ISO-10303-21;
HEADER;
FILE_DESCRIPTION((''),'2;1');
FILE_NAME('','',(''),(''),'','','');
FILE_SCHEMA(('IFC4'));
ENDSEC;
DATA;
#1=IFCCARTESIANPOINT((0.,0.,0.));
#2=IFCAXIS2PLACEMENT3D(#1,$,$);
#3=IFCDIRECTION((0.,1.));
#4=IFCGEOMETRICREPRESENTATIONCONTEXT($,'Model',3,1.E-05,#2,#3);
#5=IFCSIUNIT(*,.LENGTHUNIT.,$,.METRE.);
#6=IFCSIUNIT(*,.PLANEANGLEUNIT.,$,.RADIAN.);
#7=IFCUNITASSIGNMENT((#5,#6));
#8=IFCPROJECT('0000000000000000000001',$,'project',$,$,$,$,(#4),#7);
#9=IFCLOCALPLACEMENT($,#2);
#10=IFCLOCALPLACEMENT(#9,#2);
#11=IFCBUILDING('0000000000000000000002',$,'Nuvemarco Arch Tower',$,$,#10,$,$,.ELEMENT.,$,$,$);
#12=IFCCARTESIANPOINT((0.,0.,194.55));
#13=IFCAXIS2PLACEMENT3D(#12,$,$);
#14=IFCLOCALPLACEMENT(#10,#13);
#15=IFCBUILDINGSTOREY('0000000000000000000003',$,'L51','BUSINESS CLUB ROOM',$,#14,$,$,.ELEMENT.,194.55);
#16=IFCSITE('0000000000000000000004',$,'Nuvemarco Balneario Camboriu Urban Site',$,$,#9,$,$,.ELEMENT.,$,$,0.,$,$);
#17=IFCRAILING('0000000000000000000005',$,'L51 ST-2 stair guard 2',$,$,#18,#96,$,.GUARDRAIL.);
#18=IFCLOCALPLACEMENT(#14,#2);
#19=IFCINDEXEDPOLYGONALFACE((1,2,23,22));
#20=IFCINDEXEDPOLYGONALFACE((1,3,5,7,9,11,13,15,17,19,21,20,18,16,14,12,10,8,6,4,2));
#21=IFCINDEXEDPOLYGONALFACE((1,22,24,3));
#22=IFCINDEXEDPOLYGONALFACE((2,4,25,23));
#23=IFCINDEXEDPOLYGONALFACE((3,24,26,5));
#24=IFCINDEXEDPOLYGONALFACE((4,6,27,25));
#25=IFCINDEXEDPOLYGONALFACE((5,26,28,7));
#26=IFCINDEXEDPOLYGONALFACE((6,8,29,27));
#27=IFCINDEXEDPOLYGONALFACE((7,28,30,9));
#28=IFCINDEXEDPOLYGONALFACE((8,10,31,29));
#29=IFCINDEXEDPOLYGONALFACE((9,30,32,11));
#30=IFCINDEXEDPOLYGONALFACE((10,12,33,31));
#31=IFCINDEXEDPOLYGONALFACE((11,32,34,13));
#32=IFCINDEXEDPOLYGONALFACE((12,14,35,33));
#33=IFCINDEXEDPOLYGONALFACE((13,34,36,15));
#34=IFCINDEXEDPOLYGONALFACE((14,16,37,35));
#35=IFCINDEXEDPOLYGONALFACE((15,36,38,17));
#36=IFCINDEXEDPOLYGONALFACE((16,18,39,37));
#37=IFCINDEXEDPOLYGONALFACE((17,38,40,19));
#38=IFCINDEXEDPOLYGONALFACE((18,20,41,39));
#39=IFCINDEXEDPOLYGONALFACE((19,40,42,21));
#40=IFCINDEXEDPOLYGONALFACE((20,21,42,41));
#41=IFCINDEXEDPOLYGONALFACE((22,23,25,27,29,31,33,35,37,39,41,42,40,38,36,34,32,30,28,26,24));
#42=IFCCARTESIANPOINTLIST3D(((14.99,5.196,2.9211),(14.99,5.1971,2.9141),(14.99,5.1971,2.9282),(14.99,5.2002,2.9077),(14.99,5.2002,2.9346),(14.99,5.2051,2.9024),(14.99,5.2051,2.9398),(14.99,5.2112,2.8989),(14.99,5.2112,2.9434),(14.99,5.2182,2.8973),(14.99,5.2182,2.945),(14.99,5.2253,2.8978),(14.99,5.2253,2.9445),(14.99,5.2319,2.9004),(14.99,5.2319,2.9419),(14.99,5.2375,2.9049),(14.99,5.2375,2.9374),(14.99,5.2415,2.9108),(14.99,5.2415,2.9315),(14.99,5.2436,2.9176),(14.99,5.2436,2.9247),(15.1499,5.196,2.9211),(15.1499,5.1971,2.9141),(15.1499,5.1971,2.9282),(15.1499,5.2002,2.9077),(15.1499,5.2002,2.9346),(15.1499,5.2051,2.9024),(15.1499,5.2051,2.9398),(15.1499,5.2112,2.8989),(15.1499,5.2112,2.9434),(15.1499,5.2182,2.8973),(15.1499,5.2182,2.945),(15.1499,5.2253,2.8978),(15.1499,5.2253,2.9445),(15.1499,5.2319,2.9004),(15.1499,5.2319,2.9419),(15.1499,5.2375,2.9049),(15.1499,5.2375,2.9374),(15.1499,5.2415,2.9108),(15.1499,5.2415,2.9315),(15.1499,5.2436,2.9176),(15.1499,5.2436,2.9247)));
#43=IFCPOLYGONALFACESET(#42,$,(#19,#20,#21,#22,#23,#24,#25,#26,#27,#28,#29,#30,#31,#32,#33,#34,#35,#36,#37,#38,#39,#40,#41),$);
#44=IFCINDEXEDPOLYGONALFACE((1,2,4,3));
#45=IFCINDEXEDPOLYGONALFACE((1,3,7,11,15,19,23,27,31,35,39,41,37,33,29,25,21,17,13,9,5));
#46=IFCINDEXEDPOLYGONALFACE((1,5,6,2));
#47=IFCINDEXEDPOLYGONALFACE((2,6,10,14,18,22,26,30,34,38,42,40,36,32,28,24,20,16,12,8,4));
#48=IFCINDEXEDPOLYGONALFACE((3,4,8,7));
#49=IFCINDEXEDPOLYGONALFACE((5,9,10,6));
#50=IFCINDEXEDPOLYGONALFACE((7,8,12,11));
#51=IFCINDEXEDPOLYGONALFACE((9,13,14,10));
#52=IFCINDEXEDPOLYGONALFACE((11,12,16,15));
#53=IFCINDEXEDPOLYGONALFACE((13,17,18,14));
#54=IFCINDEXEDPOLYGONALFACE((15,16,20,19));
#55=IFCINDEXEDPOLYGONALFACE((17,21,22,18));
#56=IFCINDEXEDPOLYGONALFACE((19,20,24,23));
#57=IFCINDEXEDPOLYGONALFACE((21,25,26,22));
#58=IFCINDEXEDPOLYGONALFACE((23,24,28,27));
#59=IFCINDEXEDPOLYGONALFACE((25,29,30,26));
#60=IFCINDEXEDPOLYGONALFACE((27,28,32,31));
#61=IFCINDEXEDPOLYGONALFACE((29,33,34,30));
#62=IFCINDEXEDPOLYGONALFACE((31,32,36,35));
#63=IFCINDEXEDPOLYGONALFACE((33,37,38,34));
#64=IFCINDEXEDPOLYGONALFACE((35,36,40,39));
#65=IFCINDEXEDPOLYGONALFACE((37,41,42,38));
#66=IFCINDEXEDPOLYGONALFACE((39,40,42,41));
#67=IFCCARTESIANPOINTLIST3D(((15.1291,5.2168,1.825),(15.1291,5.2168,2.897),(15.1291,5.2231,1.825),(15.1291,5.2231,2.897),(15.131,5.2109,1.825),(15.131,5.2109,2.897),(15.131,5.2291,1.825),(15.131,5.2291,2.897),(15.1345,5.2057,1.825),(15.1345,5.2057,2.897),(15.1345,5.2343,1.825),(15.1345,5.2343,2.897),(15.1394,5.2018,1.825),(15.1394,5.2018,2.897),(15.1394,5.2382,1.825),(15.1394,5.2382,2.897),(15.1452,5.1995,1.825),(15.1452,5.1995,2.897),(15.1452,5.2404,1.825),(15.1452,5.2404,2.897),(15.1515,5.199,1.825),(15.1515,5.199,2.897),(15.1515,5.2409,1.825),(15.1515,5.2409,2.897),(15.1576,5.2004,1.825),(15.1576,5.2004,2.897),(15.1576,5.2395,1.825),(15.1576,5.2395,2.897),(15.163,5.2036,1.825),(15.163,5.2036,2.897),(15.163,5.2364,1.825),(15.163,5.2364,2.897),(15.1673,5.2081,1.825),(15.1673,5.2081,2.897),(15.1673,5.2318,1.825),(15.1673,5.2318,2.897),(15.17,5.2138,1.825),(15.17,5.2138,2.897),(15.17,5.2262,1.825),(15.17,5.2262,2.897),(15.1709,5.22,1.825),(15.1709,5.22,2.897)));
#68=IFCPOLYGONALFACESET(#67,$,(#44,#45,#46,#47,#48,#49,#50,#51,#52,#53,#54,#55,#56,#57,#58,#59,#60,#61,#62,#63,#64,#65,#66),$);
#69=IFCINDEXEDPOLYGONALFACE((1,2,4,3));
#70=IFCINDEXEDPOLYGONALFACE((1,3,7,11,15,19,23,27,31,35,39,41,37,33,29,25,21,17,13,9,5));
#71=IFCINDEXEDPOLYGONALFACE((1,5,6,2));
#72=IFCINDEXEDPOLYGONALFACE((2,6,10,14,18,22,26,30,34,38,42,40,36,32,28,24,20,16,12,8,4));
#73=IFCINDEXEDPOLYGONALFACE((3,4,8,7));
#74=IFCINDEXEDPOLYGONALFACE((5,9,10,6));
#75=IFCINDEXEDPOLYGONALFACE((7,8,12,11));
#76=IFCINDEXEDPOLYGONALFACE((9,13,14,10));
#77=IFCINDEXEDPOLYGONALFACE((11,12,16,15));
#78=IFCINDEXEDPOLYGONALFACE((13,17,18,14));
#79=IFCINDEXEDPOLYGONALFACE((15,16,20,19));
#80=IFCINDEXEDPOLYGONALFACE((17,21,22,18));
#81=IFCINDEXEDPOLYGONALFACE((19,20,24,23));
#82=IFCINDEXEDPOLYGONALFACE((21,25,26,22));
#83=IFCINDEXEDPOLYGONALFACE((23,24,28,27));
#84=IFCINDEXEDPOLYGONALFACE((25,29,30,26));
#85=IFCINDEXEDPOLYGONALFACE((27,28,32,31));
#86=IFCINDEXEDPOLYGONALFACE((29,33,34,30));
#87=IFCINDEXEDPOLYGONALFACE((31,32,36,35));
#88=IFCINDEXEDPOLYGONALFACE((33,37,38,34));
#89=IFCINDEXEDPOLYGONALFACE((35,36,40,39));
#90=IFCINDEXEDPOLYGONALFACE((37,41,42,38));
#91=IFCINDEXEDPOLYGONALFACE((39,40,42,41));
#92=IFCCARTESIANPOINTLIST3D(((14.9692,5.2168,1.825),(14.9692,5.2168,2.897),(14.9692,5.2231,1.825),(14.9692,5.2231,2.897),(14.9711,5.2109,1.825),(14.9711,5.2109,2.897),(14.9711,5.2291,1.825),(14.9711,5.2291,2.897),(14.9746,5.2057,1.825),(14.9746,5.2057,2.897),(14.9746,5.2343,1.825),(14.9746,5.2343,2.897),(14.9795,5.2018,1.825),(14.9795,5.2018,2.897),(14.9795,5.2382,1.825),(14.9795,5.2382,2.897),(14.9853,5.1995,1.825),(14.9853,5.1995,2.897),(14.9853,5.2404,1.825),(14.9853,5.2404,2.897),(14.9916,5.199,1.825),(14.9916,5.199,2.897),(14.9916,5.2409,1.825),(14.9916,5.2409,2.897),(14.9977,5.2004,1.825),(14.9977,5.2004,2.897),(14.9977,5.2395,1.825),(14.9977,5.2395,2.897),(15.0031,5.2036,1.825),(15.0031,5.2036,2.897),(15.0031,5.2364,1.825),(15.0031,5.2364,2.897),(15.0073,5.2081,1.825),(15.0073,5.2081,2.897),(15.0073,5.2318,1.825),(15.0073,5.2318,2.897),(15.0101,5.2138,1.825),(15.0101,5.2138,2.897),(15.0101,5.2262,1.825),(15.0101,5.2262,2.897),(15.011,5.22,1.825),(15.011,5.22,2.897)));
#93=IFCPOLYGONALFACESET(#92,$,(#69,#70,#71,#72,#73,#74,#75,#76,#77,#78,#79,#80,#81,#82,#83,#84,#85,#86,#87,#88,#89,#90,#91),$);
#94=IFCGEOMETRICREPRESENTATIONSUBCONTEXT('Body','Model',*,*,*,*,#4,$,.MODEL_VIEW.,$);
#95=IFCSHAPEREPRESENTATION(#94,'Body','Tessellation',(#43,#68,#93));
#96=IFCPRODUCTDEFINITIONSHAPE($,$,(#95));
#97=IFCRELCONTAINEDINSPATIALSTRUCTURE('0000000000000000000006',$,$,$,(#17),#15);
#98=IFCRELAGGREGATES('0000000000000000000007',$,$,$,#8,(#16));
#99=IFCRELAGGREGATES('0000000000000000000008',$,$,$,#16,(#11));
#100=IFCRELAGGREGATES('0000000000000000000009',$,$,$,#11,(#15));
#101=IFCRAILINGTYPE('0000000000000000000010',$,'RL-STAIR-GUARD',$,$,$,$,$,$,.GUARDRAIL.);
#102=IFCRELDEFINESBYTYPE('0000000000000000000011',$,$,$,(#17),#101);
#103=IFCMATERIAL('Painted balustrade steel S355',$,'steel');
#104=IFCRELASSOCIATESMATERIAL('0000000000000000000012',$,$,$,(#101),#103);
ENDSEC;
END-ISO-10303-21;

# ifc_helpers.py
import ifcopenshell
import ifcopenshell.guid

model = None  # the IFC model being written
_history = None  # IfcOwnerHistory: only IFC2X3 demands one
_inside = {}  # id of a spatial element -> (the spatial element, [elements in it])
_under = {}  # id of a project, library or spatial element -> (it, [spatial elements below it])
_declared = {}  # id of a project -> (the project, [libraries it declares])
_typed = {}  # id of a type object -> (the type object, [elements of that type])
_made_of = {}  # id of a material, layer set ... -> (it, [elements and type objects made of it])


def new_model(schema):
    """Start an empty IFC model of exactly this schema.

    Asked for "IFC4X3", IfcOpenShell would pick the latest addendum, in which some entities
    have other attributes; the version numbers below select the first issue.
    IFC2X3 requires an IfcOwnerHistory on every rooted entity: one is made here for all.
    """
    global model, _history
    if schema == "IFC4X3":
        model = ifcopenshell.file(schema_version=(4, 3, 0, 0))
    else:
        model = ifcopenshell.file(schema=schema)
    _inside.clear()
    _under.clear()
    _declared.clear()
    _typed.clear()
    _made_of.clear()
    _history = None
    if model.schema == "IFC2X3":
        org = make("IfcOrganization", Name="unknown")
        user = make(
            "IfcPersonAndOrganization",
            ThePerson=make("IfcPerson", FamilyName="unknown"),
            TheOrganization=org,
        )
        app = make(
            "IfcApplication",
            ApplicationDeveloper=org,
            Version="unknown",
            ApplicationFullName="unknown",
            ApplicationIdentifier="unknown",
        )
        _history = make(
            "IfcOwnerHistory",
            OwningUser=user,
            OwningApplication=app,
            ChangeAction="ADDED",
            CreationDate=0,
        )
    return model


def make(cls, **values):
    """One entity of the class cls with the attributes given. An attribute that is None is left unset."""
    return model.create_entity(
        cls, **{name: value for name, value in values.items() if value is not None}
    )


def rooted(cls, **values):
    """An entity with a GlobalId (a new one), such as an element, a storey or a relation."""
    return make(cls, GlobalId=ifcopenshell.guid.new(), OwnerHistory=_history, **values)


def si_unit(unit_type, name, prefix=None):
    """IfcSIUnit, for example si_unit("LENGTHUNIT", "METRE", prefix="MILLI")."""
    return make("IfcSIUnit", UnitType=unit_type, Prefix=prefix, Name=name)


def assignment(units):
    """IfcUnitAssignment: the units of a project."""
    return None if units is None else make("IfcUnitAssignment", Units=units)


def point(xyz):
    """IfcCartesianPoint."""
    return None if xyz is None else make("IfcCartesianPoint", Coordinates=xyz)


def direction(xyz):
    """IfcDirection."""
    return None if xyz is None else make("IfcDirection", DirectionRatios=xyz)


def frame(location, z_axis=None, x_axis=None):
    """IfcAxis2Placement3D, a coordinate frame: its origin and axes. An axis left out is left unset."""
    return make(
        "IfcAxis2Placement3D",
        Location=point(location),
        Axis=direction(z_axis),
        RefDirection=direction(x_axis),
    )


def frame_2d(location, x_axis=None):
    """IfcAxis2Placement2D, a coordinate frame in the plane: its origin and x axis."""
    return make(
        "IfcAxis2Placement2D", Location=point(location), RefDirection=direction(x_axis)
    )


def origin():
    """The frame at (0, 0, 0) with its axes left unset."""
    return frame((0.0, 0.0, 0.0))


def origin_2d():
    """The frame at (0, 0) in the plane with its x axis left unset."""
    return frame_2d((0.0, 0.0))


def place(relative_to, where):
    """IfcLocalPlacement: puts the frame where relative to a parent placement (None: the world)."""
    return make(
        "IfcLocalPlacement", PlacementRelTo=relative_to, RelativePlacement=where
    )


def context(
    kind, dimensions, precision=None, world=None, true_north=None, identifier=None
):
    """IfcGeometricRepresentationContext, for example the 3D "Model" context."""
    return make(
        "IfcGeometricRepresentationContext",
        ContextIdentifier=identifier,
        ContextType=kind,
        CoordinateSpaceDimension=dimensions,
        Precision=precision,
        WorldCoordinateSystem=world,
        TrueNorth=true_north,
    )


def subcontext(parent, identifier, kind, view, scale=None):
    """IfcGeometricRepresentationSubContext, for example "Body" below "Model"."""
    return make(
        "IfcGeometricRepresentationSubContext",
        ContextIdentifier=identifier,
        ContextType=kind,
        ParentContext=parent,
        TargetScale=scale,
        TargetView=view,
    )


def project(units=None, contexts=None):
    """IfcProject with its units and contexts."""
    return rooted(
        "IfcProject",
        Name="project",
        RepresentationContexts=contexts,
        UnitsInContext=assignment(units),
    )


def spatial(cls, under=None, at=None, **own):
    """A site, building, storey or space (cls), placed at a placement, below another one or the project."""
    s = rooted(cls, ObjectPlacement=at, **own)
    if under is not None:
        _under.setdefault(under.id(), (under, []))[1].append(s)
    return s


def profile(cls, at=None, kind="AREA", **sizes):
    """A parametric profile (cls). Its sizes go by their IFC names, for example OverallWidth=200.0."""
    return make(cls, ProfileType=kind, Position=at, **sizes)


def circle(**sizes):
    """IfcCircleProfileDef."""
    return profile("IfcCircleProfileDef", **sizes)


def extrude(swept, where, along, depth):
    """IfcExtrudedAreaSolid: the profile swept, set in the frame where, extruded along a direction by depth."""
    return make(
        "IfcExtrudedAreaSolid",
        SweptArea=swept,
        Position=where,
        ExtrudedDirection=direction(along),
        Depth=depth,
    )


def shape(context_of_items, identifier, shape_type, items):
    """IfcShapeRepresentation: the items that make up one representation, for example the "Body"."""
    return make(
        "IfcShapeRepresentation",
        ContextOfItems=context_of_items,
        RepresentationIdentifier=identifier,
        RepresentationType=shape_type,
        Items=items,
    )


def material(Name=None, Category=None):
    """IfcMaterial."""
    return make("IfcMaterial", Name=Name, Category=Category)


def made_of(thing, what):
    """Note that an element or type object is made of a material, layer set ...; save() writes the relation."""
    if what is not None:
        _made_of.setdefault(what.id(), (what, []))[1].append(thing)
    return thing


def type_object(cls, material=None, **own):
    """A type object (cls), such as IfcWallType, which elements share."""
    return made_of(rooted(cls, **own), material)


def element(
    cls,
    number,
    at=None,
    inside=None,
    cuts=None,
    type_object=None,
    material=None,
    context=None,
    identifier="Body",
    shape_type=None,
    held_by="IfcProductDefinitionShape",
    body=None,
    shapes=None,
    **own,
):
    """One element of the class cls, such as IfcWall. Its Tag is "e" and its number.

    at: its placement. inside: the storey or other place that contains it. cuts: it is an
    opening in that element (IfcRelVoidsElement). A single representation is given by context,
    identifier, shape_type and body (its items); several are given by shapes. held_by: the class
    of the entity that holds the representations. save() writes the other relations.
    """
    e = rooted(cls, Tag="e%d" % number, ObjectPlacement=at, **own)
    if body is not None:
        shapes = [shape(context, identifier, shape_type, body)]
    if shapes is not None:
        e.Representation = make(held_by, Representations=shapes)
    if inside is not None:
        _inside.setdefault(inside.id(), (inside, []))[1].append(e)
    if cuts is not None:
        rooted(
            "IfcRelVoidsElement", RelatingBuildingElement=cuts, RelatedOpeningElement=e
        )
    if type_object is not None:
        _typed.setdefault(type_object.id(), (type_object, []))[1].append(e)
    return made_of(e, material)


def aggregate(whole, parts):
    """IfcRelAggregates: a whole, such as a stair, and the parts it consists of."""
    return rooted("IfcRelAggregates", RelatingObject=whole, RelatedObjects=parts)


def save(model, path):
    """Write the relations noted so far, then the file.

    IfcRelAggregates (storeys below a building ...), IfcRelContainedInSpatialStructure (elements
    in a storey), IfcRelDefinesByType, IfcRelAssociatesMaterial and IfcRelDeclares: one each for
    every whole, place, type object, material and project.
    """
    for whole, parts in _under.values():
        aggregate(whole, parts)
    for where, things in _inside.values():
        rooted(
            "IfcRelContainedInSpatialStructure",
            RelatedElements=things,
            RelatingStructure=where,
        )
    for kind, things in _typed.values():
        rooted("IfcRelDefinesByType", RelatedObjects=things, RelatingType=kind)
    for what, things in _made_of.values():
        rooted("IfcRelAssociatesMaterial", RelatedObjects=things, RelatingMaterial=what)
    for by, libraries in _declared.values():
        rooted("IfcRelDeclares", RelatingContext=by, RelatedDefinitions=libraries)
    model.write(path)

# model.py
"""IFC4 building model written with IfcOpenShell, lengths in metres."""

from ifc_helpers import new_model, si_unit, direction, frame, origin, origin_2d, place, context, subcontext, project, spatial, circle, extrude, material, type_object, element, save


model = new_model("IFC4")

# Units and contexts
model_context = context("Model", 3, precision=1e-05, world=origin(), true_north=direction((0.0, 1.0)))
body_context = subcontext(model_context, "Body", "Model", "MODEL_VIEW")
ifc_project = project(units=[si_unit("LENGTHUNIT", "METRE"), si_unit("PLANEANGLEUNIT", "RADIAN")], contexts=[model_context])

# Site, building, storey
site_placement = place(None, origin())
site = spatial("IfcSite", under=ifc_project, at=site_placement, Name="Nuvemarco Balneario Camboriu Urban Site", CompositionType="ELEMENT", RefElevation=0.0)
building_placement = place(site_placement, origin())
building = spatial("IfcBuilding", under=site, at=building_placement, Name="Nuvemarco Arch Tower", CompositionType="ELEMENT")
storey_placement = place(building_placement, frame((0.0, 0.0, 194.55)))
storey = spatial("IfcBuildingStorey", under=building, at=storey_placement, Name="L51", Description="BUSINESS CLUB ROOM", CompositionType="ELEMENT", Elevation=194.55)

# Railing
ifc_material_1 = material(Name="Painted balustrade steel S355", Category="steel")
railing_type_1 = type_object("IfcRailingType", Name="RL-STAIR-GUARD", PredefinedType="GUARDRAIL", material=ifc_material_1)
railing_1_placement = place(storey_placement, frame((15.1499, 5.22, 1.825)))
element("IfcRailing", 1, at=railing_1_placement, inside=storey, type_object=railing_type_1, Name="L51 ST-2 stair guard 2", PredefinedType="GUARDRAIL", context=body_context, shape_type="SweptSolid", body=[
    extrude(circle(Radius=0.0239, at=origin_2d()), frame((0.0, 0.0, 1.0962), z_axis=(-1.0, 0.0, 0.0), x_axis=(0.0, -1.0, 0.0)), (0.0, 0.0, 1.0), 0.1599),
    extrude(circle(Radius=0.021, at=origin_2d()), origin(), (0.0, 0.0, 1.0), 1.072),
    extrude(circle(Radius=0.021, at=origin_2d()), frame((-0.1599, 0.0, 0.0)), (0.0, 0.0, 1.0), 1.072),
])

save(model, "model.ifc")
